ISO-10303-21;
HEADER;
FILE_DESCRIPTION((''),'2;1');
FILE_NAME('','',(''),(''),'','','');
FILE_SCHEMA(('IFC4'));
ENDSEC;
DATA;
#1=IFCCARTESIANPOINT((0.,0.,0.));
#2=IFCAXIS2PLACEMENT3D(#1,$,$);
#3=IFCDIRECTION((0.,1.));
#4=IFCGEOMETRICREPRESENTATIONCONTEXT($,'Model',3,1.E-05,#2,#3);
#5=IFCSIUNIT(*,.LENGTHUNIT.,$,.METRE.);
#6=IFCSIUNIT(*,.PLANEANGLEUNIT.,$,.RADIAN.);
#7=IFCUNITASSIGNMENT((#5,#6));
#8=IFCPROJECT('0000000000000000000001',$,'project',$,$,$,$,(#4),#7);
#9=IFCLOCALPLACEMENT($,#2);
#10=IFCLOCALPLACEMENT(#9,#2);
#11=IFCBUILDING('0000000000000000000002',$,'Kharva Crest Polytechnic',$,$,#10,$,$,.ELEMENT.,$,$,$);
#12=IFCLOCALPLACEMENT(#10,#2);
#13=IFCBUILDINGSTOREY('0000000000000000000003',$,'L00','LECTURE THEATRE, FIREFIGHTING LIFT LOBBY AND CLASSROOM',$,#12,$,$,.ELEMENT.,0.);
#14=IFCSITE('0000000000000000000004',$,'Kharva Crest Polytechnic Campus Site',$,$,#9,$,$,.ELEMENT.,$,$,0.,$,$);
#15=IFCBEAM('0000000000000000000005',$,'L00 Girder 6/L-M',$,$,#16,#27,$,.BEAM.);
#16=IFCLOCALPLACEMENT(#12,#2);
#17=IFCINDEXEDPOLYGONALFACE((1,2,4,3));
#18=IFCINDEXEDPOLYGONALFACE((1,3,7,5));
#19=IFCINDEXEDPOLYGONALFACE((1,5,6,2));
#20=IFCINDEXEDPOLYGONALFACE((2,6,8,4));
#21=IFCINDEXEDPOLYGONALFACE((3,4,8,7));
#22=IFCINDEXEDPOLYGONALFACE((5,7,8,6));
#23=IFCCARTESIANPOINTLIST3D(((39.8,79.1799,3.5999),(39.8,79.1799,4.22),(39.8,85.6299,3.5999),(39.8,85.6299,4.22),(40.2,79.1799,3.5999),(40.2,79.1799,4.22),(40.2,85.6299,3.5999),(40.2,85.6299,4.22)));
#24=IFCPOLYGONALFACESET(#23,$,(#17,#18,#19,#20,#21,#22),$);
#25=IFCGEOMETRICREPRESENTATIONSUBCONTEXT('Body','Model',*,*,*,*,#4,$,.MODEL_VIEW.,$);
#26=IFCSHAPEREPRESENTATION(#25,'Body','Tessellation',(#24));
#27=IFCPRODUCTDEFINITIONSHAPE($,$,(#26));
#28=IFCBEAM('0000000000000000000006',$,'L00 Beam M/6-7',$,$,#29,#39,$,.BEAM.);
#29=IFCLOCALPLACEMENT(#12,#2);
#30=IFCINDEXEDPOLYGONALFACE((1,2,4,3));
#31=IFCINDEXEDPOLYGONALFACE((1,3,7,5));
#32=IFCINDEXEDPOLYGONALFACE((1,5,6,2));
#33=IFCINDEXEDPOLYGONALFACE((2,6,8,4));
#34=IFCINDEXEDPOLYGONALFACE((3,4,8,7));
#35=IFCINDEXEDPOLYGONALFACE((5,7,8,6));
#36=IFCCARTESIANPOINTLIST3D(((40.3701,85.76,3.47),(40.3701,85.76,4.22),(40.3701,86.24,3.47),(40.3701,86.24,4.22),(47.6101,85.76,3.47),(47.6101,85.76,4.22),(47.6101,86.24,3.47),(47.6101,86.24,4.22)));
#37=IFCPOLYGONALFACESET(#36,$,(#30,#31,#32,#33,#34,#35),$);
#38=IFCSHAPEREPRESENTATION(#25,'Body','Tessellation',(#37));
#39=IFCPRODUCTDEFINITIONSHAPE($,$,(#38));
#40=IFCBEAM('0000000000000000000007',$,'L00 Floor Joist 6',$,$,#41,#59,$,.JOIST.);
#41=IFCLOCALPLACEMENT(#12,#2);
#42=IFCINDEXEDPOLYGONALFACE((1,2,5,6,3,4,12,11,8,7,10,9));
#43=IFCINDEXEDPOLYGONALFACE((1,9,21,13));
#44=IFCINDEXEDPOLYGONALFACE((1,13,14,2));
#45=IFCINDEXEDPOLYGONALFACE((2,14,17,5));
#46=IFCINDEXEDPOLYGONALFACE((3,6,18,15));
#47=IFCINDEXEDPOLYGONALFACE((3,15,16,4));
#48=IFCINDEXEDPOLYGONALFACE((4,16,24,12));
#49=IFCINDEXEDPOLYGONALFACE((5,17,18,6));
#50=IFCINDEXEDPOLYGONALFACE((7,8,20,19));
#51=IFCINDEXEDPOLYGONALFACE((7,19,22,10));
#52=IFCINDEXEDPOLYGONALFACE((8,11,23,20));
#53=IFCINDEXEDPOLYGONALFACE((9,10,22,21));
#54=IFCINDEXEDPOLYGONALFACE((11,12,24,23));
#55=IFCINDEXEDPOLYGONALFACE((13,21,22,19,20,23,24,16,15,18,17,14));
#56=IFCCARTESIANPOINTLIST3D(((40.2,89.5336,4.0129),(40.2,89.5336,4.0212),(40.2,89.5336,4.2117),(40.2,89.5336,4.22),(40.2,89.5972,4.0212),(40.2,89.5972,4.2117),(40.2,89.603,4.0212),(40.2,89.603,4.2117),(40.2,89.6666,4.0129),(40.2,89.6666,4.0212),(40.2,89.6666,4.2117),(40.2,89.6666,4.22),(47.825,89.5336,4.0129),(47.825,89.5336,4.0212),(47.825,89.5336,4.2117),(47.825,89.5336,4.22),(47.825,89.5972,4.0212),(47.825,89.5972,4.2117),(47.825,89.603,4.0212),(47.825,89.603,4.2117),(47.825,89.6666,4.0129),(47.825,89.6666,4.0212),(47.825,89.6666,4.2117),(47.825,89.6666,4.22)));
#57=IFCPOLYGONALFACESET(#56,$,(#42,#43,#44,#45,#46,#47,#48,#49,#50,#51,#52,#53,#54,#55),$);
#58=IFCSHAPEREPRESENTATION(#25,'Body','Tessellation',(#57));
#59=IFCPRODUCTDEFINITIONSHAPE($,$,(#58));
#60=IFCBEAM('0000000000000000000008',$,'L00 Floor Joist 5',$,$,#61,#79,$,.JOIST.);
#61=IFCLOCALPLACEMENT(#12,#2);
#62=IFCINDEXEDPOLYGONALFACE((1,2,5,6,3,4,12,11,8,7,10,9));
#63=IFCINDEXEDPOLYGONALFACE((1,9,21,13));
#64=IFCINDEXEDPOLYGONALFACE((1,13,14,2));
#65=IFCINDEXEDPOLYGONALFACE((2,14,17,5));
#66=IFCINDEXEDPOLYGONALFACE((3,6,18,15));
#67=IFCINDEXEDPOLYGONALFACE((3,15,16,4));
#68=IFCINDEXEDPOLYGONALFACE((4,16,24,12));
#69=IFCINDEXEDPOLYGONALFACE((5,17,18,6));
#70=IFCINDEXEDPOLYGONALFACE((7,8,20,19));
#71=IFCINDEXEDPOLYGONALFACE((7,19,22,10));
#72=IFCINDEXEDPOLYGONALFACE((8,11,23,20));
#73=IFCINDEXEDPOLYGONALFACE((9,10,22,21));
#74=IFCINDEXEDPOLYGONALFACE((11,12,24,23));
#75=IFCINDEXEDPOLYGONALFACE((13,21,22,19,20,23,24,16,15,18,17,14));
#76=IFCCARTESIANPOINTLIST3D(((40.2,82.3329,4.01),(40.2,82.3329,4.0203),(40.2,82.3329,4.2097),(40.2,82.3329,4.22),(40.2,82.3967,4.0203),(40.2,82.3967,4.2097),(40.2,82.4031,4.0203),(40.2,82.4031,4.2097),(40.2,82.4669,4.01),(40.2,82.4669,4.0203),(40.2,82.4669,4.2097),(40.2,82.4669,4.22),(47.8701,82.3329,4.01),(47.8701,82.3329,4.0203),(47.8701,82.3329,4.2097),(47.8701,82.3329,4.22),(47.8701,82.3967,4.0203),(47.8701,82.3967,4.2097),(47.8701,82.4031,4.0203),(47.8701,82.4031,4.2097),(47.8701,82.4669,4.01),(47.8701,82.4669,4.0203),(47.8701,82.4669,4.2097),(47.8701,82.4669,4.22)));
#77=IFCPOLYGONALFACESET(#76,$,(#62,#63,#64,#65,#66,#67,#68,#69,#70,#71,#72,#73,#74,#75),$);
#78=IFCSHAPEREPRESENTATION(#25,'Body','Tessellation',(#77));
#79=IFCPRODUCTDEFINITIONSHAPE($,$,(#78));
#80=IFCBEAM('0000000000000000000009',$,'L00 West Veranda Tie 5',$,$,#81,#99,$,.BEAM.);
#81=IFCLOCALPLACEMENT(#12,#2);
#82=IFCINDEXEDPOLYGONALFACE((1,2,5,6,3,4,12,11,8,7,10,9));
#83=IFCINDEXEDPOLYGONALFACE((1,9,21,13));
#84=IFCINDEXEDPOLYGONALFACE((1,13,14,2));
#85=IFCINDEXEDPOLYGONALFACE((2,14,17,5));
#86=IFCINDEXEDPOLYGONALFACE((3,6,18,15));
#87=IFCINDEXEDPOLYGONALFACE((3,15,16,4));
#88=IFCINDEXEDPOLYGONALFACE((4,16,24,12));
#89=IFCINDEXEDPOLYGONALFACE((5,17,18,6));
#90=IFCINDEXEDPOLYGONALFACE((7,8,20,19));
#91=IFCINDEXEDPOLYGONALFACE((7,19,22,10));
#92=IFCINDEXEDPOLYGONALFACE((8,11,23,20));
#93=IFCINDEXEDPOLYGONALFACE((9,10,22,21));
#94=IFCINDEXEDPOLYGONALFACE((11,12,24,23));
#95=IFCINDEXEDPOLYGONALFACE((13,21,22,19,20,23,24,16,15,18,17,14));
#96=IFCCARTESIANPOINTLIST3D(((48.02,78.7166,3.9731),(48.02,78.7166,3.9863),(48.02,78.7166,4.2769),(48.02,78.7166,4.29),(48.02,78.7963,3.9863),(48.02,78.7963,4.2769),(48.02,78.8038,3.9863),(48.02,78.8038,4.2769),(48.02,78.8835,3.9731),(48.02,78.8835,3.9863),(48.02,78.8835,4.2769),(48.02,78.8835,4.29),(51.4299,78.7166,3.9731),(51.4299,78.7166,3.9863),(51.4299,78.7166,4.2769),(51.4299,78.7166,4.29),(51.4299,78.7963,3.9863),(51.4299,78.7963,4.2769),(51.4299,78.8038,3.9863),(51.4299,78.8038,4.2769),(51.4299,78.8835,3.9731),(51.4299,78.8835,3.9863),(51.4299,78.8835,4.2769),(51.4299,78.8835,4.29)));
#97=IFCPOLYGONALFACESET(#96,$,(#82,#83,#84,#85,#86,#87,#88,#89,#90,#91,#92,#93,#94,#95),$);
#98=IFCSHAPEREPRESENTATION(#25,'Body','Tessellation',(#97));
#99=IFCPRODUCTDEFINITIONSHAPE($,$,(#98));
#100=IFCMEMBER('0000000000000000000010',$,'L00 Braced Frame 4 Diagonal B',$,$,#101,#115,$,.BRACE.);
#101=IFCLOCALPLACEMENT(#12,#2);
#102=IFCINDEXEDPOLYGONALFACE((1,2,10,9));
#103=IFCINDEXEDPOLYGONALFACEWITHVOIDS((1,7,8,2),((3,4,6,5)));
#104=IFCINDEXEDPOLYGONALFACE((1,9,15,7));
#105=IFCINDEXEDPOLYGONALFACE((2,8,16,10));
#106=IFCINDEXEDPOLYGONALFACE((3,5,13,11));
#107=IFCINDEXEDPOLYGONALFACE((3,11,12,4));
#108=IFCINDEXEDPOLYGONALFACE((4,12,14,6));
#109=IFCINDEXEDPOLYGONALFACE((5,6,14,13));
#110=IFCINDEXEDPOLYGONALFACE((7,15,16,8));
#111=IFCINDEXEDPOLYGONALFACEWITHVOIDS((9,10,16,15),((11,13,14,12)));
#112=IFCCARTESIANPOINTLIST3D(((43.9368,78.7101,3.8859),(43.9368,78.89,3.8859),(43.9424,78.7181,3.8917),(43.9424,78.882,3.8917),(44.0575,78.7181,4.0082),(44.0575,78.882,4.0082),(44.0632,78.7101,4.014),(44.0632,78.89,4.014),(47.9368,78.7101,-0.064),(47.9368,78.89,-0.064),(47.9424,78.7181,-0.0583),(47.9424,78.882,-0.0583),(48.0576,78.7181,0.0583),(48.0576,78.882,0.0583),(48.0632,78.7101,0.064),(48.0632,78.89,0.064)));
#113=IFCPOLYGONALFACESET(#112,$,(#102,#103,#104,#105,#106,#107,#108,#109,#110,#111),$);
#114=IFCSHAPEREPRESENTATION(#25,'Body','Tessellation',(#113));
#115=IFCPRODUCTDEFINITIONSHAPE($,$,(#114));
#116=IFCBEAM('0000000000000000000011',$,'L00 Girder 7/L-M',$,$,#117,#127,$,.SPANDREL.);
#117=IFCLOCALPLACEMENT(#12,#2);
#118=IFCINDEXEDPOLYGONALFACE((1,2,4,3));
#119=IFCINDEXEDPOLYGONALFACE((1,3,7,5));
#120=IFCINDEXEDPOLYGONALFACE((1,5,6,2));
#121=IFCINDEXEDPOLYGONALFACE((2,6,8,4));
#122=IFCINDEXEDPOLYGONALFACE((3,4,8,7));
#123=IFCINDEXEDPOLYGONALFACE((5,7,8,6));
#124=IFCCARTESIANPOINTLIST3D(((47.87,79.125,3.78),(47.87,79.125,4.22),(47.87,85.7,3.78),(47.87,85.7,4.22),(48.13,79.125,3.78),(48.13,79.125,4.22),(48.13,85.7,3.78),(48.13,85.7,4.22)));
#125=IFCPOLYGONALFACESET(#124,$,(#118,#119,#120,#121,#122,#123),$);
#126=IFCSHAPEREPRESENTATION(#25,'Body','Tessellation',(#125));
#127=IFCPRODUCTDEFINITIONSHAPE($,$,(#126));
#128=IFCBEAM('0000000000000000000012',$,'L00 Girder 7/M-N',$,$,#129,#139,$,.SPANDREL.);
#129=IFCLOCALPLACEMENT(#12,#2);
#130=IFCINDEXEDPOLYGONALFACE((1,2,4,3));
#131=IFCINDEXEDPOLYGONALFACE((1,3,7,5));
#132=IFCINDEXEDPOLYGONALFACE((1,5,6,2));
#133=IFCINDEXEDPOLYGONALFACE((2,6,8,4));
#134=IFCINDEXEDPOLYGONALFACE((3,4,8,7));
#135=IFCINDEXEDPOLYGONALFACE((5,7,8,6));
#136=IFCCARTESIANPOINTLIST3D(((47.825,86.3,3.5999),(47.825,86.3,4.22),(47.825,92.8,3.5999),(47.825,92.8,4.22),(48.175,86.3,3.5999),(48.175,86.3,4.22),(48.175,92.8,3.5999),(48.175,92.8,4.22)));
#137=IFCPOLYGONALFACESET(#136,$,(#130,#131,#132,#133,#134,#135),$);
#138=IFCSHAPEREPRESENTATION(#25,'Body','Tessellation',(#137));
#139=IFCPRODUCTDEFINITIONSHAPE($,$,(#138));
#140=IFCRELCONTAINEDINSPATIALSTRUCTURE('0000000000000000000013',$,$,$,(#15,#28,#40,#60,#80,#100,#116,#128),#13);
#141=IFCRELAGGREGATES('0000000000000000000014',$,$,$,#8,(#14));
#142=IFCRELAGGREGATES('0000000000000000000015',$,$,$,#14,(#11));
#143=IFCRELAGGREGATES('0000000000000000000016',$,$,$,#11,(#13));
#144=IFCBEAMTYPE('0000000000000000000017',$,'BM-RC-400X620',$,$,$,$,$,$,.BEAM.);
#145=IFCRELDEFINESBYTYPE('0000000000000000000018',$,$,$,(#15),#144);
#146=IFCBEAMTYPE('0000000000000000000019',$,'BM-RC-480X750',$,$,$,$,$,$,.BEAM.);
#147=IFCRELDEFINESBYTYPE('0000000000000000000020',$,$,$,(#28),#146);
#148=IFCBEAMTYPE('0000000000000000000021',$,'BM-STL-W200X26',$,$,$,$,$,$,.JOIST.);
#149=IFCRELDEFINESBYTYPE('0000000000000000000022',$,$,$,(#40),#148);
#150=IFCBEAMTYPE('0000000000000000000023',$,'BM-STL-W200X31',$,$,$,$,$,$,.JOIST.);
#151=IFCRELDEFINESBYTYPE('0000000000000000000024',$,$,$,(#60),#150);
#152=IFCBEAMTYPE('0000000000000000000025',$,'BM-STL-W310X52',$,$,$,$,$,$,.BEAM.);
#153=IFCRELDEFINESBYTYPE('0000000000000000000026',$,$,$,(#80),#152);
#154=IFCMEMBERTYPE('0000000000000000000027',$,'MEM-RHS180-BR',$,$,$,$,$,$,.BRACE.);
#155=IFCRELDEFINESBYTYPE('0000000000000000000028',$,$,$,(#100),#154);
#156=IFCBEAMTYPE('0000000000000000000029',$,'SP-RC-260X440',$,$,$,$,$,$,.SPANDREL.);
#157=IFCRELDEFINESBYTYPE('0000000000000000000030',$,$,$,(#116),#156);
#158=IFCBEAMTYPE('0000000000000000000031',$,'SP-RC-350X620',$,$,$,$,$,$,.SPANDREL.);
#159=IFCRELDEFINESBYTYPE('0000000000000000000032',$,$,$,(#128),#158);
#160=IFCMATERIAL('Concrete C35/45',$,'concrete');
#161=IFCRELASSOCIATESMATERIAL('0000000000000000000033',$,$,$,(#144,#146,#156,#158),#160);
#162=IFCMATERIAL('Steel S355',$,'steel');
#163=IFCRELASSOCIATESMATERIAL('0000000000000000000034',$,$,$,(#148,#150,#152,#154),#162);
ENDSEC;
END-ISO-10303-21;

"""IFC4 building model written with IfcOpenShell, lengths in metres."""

from ifc_helpers import new_model, si_unit, direction, frame, origin, origin_2d, place, context, subcontext, project, spatial, rectangle, hollow_rectangle, i_section, extrude, material, material_profile, profile_set, type_object, element, save


model = new_model("IFC4")

# Units and contexts
model_context = context("Model", 3, precision=1e-05, world=origin(), true_north=direction((0.0, 1.0)))
body_context = subcontext(model_context, "Body", "Model", "MODEL_VIEW")
ifc_project = project(units=[si_unit("LENGTHUNIT", "METRE"), si_unit("PLANEANGLEUNIT", "RADIAN")], contexts=[model_context])

# Site, building, storey
site_placement = place(None, origin())
site = spatial("IfcSite", under=ifc_project, at=site_placement, Name="Kharva Crest Polytechnic Campus Site", CompositionType="ELEMENT", RefElevation=0.0)
building_placement = place(site_placement, origin())
building = spatial("IfcBuilding", under=site, at=building_placement, Name="Kharva Crest Polytechnic", CompositionType="ELEMENT")
storey_placement = place(building_placement, origin())
storey = spatial("IfcBuildingStorey", under=building, at=storey_placement, Name="L00", Description="LECTURE THEATRE, FIREFIGHTING LIFT LOBBY AND CLASSROOM", CompositionType="ELEMENT", Elevation=0.0)

# Shared definitions
ifc_material_1 = material(Name="Concrete C35/45", Category="concrete")

# Beams
ifc_material_profile_1 = material_profile(ifc_material_1, rectangle(XDim=0.3999, YDim=0.6201, at=origin_2d()), Name="RECT 400 X 620")
ifc_profile_set_1 = profile_set([ifc_material_profile_1], Name="Concrete C35/45")
beam_type_1 = type_object("IfcBeamType", Name="BM-RC-400X620", PredefinedType="BEAM", material=ifc_profile_set_1)
beam_1_placement = place(storey_placement, frame((40.0, 79.1799, 3.9099), z_axis=(0.0, 1.0, 0.0), x_axis=(-1.0, 0.0, 0.0)))
element("IfcBeam", 1, at=beam_1_placement, inside=storey, type_object=beam_type_1, Name="L00 Girder 6/L-M", PredefinedType="BEAM", context=body_context, shape_type="SweptSolid", body=[
    extrude(rectangle(XDim=0.3999, YDim=0.6201, at=origin_2d()), origin(), (0.0, 0.0, 1.0), 6.45),
])
ifc_material_profile_2 = material_profile(ifc_material_1, rectangle(XDim=0.48, YDim=0.75, at=origin_2d()), Name="RECT 480 X 750")
ifc_profile_set_2 = profile_set([ifc_material_profile_2], Name="Concrete C35/45")
beam_type_2 = type_object("IfcBeamType", Name="BM-RC-480X750", PredefinedType="BEAM", material=ifc_profile_set_2)
beam_2_placement = place(storey_placement, frame((40.3701, 86.0, 3.845), z_axis=(1.0, 0.0, 0.0), x_axis=(0.0, 1.0, 0.0)))
element("IfcBeam", 2, at=beam_2_placement, inside=storey, type_object=beam_type_2, Name="L00 Beam M/6-7", PredefinedType="BEAM", context=body_context, shape_type="SweptSolid", body=[
    extrude(rectangle(XDim=0.48, YDim=0.75, at=origin_2d()), origin(), (0.0, 0.0, 1.0), 7.24),
])
ifc_material_2 = material(Name="Steel S355", Category="steel")
ifc_material_profile_3 = material_profile(ifc_material_2, i_section(OverallWidth=0.1331, OverallDepth=0.207, WebThickness=0.0059, FlangeThickness=0.0083, at=origin_2d()), Name="W200X26.6")
ifc_profile_set_3 = profile_set([ifc_material_profile_3], Name="Steel S355")
beam_type_3 = type_object("IfcBeamType", Name="BM-STL-W200X26", PredefinedType="JOIST", material=ifc_profile_set_3)
beam_3_placement = place(storey_placement, frame((40.2, 89.6001, 4.1165), z_axis=(1.0, 0.0, 0.0), x_axis=(0.0, 1.0, 0.0)))
element("IfcBeam", 3, at=beam_3_placement, inside=storey, type_object=beam_type_3, Name="L00 Floor Joist 6", PredefinedType="JOIST", context=body_context, shape_type="SweptSolid", body=[
    extrude(i_section(OverallWidth=0.1331, OverallDepth=0.207, WebThickness=0.0059, FlangeThickness=0.0083, at=origin_2d()), origin(), (0.0, 0.0, 1.0), 7.625),
])
ifc_material_profile_4 = material_profile(ifc_material_2, i_section(OverallWidth=0.134, OverallDepth=0.21, WebThickness=0.0063, FlangeThickness=0.0103, at=origin_2d()), Name="W200X31.3")
ifc_profile_set_4 = profile_set([ifc_material_profile_4], Name="Steel S355")
beam_type_4 = type_object("IfcBeamType", Name="BM-STL-W200X31", PredefinedType="JOIST", material=ifc_profile_set_4)
beam_4_placement = place(storey_placement, frame((40.2, 82.3999, 4.115), z_axis=(1.0, 0.0, 0.0), x_axis=(0.0, 1.0, 0.0)))
element("IfcBeam", 4, at=beam_4_placement, inside=storey, type_object=beam_type_4, Name="L00 Floor Joist 5", PredefinedType="JOIST", context=body_context, shape_type="SweptSolid", body=[
    extrude(i_section(OverallWidth=0.134, OverallDepth=0.21, WebThickness=0.0063, FlangeThickness=0.0103, at=origin_2d()), origin(), (0.0, 0.0, 1.0), 7.6702),
])
ifc_material_profile_5 = material_profile(ifc_material_2, i_section(OverallWidth=0.167, OverallDepth=0.3169, WebThickness=0.0076, FlangeThickness=0.0132, at=origin_2d()), Name="W310X52")
ifc_profile_set_5 = profile_set([ifc_material_profile_5], Name="Steel S355")
beam_type_5 = type_object("IfcBeamType", Name="BM-STL-W310X52", PredefinedType="BEAM", material=ifc_profile_set_5)
beam_5_placement = place(storey_placement, frame((48.02, 78.8, 4.1316), z_axis=(1.0, 0.0, 0.0), x_axis=(0.0, 1.0, 0.0)))
element("IfcBeam", 5, at=beam_5_placement, inside=storey, type_object=beam_type_5, Name="L00 West Veranda Tie 5", PredefinedType="BEAM", context=body_context, shape_type="SweptSolid", body=[
    extrude(i_section(OverallWidth=0.167, OverallDepth=0.3169, WebThickness=0.0076, FlangeThickness=0.0132, at=origin_2d()), origin(), (0.0, 0.0, 1.0), 3.4099),
])

# Member
ifc_material_profile_6 = material_profile(ifc_material_2, hollow_rectangle(XDim=0.1799, YDim=0.1799, WallThickness=0.0081, at=origin_2d()), Name="RHS 180X180X8.0")
ifc_profile_set_6 = profile_set([ifc_material_profile_6], Name="Steel S355")
member_type = type_object("IfcMemberType", Name="MEM-RHS180-BR", PredefinedType="BRACE", material=ifc_profile_set_6)
member_placement = place(storey_placement, frame((48.0, 78.8, 0.0), z_axis=(-0.711544, 0.0, 0.702641), x_axis=(0.0, -1.0, 0.0)))
element("IfcMember", 6, at=member_placement, inside=storey, type_object=member_type, Name="L00 Braced Frame 4 Diagonal B", PredefinedType="BRACE", context=body_context, shape_type="SweptSolid", body=[
    extrude(hollow_rectangle(XDim=0.1799, YDim=0.1799, WallThickness=0.0081, at=origin_2d()), origin(), (0.0, 0.0, 1.0), 5.6216),
])

# Beams
ifc_material_profile_7 = material_profile(ifc_material_1, rectangle(XDim=0.26, YDim=0.4399, at=origin_2d()), Name="RECT 260 X 440")
ifc_profile_set_7 = profile_set([ifc_material_profile_7], Name="Concrete C35/45")
beam_type_6 = type_object("IfcBeamType", Name="SP-RC-260X440", PredefinedType="SPANDREL", material=ifc_profile_set_7)
beam_6_placement = place(storey_placement, frame((48.0, 79.125, 4.0), z_axis=(0.0, 1.0, 0.0), x_axis=(-1.0, 0.0, 0.0)))
element("IfcBeam", 7, at=beam_6_placement, inside=storey, type_object=beam_type_6, Name="L00 Girder 7/L-M", PredefinedType="SPANDREL", context=body_context, shape_type="SweptSolid", body=[
    extrude(rectangle(XDim=0.26, YDim=0.4399, at=origin_2d()), origin(), (0.0, 0.0, 1.0), 6.575),
])
ifc_material_profile_8 = material_profile(ifc_material_1, rectangle(XDim=0.3501, YDim=0.6201, at=origin_2d()), Name="RECT 350 X 620")
ifc_profile_set_8 = profile_set([ifc_material_profile_8], Name="Concrete C35/45")
beam_type_7 = type_object("IfcBeamType", Name="SP-RC-350X620", PredefinedType="SPANDREL", material=ifc_profile_set_8)
beam_7_placement = place(storey_placement, frame((48.0, 86.3, 3.9099), z_axis=(0.0, 1.0, 0.0), x_axis=(-1.0, 0.0, 0.0)))
element("IfcBeam", 8, at=beam_7_placement, inside=storey, type_object=beam_type_7, Name="L00 Girder 7/M-N", PredefinedType="SPANDREL", context=body_context, shape_type="SweptSolid", body=[
    extrude(rectangle(XDim=0.3501, YDim=0.6201, at=origin_2d()), origin(), (0.0, 0.0, 1.0), 6.5),
])

save(model, "model.ifc")
